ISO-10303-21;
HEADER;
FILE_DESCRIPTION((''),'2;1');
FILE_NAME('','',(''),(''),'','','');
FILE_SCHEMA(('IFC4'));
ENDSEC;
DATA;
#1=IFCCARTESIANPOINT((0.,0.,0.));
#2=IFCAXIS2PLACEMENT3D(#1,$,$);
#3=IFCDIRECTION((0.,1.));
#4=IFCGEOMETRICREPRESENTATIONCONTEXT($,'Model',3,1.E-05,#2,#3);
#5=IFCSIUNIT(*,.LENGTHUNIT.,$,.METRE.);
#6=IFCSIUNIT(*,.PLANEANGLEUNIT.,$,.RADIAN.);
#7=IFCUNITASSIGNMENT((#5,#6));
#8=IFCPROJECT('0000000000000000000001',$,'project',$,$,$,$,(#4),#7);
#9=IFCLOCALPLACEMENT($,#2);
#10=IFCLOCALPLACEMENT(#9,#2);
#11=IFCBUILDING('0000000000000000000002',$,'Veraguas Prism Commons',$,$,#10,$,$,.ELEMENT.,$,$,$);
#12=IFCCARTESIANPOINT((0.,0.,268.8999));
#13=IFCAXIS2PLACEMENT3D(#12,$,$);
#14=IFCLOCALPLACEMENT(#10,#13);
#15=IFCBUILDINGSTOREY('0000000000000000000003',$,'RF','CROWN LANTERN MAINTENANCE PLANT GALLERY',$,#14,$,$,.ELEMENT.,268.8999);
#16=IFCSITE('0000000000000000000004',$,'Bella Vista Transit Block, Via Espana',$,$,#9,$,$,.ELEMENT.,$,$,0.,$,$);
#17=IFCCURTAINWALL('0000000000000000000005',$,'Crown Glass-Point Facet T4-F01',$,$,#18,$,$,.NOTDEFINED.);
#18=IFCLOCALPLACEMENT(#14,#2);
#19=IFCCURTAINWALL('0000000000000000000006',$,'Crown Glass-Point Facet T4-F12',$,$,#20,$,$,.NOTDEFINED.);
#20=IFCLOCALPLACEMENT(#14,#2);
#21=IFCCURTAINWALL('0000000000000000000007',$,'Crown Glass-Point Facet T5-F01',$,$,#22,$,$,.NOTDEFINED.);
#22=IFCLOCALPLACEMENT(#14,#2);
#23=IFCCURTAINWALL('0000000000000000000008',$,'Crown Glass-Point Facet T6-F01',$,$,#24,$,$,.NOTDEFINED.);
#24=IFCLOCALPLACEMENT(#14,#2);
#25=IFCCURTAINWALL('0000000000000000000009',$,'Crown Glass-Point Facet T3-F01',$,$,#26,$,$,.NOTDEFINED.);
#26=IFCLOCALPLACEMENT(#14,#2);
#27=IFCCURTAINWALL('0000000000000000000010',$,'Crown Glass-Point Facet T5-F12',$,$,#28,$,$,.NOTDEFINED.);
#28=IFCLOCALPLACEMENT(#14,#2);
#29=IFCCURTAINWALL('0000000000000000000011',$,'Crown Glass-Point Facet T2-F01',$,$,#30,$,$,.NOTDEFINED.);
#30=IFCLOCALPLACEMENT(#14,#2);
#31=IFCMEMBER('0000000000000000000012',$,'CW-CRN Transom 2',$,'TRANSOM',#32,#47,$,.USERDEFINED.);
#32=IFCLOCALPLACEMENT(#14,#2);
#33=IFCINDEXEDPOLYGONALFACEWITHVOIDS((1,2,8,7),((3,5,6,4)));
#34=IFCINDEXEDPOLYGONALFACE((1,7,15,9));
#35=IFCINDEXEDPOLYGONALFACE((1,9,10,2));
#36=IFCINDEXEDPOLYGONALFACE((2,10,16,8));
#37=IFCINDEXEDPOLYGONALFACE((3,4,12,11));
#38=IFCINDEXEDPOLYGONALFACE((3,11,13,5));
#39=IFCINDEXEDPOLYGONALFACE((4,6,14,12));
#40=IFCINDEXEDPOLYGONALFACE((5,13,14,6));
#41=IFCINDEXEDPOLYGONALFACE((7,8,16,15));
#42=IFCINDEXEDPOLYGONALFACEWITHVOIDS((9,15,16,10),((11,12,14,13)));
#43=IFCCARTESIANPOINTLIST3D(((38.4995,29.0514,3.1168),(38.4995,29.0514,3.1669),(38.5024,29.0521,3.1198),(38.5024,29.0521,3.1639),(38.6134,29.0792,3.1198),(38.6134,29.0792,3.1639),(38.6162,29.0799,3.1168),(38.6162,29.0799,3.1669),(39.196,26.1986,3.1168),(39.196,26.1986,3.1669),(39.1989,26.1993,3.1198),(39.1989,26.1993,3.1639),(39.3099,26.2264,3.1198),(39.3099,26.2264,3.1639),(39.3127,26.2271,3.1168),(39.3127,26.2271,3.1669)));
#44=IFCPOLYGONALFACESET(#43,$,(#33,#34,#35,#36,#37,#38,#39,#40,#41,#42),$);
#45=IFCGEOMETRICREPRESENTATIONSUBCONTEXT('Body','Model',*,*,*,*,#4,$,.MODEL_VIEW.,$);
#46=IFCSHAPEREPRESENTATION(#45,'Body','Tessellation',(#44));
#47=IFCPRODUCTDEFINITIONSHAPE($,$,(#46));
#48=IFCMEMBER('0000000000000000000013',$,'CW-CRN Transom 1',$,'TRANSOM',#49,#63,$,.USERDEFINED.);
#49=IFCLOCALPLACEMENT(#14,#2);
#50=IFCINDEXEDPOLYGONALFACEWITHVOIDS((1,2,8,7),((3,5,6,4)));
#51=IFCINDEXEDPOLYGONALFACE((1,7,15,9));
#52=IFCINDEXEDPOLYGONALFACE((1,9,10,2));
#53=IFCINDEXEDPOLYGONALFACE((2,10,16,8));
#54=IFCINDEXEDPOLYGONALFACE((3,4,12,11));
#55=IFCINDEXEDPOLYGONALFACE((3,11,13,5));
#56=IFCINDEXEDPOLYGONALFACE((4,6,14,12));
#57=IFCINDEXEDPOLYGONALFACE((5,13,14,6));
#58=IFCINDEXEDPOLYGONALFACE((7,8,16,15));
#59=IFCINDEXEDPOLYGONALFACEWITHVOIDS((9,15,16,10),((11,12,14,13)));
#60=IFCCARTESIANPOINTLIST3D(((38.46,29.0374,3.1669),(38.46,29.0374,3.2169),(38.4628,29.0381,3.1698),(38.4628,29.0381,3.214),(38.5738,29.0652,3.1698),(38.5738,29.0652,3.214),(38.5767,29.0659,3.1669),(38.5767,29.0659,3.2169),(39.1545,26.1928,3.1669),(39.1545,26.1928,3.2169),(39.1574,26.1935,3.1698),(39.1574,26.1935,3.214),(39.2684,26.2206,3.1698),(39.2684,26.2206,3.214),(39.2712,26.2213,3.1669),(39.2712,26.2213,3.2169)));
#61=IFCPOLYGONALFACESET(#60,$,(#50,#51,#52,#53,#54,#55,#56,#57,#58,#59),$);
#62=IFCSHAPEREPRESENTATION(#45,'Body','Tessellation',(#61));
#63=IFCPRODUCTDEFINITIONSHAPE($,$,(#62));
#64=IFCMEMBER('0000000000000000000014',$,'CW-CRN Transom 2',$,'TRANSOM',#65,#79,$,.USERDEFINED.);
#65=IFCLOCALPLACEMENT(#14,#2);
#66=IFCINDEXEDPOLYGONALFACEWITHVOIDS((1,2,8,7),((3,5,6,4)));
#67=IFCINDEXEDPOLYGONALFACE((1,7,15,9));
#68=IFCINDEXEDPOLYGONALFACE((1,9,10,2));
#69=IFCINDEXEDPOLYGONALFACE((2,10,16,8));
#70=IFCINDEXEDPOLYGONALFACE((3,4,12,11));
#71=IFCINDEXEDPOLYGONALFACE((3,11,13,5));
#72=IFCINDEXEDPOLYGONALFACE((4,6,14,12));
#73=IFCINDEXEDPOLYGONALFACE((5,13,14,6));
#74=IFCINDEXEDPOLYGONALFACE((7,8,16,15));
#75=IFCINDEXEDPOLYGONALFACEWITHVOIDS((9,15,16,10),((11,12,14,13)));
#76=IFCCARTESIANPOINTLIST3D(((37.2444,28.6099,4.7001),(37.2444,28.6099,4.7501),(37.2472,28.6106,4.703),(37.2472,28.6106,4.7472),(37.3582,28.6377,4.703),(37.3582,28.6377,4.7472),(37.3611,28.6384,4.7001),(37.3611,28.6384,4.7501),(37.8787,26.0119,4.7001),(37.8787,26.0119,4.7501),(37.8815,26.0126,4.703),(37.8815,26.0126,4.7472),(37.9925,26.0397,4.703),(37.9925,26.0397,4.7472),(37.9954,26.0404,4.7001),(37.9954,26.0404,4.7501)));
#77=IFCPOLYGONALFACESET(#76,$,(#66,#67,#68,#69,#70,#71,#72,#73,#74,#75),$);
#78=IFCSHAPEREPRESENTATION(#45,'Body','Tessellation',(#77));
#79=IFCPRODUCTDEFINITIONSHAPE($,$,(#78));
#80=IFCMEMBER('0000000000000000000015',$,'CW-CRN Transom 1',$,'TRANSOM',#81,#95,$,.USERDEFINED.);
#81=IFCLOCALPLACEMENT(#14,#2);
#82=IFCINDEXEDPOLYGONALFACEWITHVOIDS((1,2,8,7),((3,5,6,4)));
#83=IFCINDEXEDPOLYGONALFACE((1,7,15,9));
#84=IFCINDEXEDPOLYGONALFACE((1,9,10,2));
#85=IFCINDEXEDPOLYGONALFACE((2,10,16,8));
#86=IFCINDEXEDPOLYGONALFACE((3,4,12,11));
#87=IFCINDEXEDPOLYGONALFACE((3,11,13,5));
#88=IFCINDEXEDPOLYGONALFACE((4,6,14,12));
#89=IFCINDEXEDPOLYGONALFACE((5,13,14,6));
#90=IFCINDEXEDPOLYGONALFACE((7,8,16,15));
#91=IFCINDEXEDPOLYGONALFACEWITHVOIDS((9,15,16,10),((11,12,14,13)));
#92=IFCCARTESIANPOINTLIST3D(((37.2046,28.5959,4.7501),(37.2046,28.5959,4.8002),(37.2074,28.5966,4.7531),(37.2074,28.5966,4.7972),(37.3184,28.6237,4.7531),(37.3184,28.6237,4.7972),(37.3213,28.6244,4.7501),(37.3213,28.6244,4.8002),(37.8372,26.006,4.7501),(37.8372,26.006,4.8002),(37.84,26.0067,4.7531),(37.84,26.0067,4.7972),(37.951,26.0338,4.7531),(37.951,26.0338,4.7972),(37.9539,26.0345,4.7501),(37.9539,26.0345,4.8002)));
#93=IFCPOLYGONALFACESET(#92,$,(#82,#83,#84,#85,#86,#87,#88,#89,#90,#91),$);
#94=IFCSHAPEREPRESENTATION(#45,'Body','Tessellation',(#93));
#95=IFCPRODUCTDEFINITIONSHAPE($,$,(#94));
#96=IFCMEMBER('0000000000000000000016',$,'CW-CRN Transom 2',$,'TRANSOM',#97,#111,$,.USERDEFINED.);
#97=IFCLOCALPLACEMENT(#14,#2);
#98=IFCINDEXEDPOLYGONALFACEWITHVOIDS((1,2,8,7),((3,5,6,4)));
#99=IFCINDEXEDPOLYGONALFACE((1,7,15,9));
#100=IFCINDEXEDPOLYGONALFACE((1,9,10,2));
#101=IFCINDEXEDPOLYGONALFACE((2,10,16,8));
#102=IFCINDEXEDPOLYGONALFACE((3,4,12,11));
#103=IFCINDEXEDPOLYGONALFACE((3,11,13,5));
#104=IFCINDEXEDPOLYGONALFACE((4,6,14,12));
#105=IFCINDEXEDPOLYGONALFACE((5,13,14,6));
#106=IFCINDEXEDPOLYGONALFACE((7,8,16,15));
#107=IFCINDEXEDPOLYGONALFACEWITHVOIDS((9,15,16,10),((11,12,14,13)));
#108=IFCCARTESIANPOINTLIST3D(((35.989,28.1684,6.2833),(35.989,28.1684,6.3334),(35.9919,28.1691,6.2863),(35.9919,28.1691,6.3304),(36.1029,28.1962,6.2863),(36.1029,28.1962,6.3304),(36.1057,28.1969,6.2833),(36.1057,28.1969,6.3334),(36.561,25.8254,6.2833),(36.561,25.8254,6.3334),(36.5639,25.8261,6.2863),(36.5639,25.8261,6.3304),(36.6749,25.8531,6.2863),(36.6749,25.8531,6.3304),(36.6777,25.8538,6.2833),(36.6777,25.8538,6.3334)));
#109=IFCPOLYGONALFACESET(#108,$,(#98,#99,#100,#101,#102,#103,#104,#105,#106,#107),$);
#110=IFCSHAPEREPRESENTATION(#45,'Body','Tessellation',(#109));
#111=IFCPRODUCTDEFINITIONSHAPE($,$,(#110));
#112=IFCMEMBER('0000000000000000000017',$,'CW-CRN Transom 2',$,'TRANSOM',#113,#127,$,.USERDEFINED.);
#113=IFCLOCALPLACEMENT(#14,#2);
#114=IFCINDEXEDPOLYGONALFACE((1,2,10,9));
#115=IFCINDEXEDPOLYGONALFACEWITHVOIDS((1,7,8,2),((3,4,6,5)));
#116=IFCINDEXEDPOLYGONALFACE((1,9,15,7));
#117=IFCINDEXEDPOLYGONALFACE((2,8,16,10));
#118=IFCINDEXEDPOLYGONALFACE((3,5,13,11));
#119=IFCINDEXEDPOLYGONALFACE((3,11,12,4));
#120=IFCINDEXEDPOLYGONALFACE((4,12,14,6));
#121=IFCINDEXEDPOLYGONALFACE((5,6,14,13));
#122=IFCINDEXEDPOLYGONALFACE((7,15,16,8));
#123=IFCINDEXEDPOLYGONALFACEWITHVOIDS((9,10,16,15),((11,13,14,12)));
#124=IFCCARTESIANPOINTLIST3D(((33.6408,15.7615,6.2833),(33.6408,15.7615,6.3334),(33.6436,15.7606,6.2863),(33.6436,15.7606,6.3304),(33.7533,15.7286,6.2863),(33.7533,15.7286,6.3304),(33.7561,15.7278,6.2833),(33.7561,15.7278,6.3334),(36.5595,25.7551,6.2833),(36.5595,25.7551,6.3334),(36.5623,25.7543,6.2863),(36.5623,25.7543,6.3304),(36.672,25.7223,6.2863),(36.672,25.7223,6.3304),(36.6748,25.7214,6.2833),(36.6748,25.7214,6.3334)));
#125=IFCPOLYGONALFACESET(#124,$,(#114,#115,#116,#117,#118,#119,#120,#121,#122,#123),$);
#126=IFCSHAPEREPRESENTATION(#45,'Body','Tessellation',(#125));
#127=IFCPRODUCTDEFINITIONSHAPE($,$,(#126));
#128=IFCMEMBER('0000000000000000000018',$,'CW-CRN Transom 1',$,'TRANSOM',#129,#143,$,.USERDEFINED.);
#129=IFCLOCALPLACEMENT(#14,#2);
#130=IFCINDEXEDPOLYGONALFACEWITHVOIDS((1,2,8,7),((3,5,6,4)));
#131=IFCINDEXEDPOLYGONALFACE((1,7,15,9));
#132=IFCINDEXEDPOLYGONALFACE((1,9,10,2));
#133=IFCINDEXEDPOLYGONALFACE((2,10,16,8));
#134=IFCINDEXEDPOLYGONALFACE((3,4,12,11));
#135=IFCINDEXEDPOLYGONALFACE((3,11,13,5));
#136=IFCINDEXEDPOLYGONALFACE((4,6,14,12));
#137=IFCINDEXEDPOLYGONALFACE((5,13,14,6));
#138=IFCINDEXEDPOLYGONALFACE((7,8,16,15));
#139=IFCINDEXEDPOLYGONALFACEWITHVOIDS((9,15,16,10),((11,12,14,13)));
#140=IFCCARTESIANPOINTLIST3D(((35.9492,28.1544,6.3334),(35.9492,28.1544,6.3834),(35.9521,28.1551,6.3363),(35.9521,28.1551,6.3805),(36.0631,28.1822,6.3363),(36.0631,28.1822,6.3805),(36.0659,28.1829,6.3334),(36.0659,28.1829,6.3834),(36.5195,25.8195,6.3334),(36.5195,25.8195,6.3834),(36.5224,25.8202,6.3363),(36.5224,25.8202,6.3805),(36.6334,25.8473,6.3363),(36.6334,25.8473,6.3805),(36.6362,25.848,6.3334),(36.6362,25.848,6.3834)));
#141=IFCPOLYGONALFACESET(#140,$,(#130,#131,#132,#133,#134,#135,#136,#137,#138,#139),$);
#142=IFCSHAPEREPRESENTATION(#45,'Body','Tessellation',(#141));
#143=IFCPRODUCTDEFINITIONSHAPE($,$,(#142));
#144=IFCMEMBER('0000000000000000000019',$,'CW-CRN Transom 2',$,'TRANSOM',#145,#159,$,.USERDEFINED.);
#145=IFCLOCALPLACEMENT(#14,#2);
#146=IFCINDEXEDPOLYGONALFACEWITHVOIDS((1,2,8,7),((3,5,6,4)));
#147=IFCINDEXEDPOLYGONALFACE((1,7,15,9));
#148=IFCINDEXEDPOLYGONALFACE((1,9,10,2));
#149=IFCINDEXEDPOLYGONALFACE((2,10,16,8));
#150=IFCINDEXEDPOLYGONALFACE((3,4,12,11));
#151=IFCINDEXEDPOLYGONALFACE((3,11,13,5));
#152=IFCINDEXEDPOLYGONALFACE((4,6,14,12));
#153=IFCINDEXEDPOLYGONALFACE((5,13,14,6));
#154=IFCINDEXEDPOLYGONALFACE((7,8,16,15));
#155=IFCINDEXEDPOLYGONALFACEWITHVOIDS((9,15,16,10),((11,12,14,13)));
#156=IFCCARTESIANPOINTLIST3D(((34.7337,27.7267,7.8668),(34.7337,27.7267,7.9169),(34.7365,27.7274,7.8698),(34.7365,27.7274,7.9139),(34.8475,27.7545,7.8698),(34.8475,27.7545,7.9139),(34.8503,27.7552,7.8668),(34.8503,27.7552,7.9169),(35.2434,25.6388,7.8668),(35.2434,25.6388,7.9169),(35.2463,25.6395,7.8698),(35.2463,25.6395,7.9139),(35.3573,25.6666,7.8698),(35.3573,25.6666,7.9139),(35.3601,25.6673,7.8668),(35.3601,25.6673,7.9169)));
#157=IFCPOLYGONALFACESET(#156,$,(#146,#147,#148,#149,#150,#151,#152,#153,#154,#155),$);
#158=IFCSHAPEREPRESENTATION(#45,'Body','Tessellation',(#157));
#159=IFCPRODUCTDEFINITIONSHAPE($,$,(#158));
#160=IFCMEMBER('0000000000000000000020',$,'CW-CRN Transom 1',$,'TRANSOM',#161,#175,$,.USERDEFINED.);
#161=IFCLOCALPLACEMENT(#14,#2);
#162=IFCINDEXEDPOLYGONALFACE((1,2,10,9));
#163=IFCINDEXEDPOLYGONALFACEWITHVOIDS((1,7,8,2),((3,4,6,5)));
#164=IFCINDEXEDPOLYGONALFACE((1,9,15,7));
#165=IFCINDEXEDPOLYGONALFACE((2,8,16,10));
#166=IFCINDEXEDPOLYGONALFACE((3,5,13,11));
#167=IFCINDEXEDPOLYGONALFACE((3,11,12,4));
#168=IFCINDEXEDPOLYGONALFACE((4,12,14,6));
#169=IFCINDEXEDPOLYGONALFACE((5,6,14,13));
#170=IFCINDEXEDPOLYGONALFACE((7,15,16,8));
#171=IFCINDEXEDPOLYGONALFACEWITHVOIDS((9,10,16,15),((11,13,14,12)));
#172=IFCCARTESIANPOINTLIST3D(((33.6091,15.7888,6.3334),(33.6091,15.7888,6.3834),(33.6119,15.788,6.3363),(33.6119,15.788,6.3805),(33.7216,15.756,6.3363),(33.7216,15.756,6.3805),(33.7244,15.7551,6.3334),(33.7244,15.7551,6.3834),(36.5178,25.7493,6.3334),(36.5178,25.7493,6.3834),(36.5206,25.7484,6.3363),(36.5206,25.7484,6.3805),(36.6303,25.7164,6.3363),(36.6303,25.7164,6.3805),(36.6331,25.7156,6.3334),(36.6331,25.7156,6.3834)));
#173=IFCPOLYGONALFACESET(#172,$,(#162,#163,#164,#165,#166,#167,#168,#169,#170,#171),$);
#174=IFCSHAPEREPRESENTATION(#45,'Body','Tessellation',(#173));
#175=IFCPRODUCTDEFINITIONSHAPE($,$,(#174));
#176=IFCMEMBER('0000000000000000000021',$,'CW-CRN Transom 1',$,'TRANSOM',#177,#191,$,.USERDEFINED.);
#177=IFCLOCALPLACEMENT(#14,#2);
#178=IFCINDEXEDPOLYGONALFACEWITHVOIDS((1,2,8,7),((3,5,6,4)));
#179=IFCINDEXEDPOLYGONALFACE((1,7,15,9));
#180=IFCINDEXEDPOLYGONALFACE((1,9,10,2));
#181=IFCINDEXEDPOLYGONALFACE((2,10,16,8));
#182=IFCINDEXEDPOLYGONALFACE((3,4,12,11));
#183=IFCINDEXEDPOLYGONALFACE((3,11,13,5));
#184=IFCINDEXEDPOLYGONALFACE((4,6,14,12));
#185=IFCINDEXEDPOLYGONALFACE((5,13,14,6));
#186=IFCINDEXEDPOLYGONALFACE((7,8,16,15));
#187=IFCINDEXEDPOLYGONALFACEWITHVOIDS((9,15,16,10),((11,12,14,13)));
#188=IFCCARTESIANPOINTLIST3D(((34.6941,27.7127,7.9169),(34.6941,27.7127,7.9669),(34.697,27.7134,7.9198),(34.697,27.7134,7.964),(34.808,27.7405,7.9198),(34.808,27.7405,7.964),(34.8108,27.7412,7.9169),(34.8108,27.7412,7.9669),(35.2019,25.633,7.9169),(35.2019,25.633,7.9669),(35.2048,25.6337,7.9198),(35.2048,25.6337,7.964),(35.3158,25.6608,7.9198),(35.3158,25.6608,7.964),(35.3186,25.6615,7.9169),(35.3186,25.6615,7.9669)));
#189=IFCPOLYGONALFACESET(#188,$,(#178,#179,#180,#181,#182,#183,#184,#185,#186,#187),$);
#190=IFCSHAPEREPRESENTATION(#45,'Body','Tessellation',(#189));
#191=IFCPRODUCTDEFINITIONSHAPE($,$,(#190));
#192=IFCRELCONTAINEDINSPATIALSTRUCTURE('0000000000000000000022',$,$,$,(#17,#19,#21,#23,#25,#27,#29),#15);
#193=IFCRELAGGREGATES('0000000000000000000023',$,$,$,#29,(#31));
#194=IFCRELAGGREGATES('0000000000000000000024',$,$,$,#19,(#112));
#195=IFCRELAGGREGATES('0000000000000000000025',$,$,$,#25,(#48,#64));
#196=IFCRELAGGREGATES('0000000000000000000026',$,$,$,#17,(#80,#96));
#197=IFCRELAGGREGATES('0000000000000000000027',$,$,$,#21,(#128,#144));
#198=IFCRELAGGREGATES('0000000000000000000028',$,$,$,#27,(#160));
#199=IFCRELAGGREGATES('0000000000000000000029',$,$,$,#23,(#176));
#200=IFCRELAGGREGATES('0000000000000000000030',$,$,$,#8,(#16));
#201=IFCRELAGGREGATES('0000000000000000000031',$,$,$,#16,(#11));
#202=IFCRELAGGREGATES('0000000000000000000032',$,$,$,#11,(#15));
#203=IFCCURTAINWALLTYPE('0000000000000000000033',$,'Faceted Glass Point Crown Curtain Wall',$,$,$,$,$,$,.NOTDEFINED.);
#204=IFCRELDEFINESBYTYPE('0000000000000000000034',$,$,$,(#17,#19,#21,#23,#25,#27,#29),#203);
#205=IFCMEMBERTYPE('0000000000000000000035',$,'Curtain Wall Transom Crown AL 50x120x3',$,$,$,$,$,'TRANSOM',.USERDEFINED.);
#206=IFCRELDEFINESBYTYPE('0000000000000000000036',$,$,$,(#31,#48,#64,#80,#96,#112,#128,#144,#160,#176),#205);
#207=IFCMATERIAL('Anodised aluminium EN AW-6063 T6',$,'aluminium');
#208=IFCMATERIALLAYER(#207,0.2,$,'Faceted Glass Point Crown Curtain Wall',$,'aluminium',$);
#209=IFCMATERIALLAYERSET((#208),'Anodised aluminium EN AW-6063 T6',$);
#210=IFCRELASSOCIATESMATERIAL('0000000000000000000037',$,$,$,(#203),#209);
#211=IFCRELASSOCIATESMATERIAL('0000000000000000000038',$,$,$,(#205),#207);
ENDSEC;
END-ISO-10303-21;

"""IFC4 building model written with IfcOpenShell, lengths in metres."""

from ifc_helpers import new_model, si_unit, direction, frame, origin, origin_2d, place, context, subcontext, project, spatial, hollow_rectangle, extrude, source, transform, mapped, material, layer, layer_set, material_profile, profile_set, type_object, element, aggregate, save


model = new_model("IFC4")

# Units and contexts
model_context = context("Model", 3, precision=1e-05, world=origin(), true_north=direction((0.0, 1.0)))
body_context = subcontext(model_context, "Body", "Model", "MODEL_VIEW")
ifc_project = project(units=[si_unit("LENGTHUNIT", "METRE"), si_unit("PLANEANGLEUNIT", "RADIAN")], contexts=[model_context])

# Site, building, storey
site_placement = place(None, origin())
site = spatial("IfcSite", under=ifc_project, at=site_placement, Name="Bella Vista Transit Block, Via Espana", CompositionType="ELEMENT", RefElevation=0.0)
building_placement = place(site_placement, origin())
building = spatial("IfcBuilding", under=site, at=building_placement, Name="Veraguas Prism Commons", CompositionType="ELEMENT")
storey_placement = place(building_placement, frame((0.0, 0.0, 268.8999)))
storey = spatial("IfcBuildingStorey", under=building, at=storey_placement, Name="RF", Description="CROWN LANTERN MAINTENANCE PLANT GALLERY", CompositionType="ELEMENT", Elevation=268.8999)

# Curtain walls
ifc_material_1 = material(Name="Anodised aluminium EN AW-6063 T6", Category="aluminium")
ifc_layer_1 = layer(ifc_material_1, 0.2, Name="Faceted Glass Point Crown Curtain Wall", Category="aluminium")
ifc_layer_set_1 = layer_set([ifc_layer_1], Name="Anodised aluminium EN AW-6063 T6")
curtain_wall_type = type_object("IfcCurtainWallType", Name="Faceted Glass Point Crown Curtain Wall", PredefinedType="NOTDEFINED", material=ifc_layer_set_1)
curtain_wall_1_placement = place(storey_placement, origin())
curtain_wall_1 = element("IfcCurtainWall", 1, at=curtain_wall_1_placement, inside=storey, type_object=curtain_wall_type, Name="Crown Glass-Point Facet T4-F01", PredefinedType="NOTDEFINED")
curtain_wall_2_placement = place(storey_placement, origin())
curtain_wall_2 = element("IfcCurtainWall", 2, at=curtain_wall_2_placement, inside=storey, type_object=curtain_wall_type, Name="Crown Glass-Point Facet T4-F12", PredefinedType="NOTDEFINED")
curtain_wall_3_placement = place(storey_placement, origin())
curtain_wall_3 = element("IfcCurtainWall", 3, at=curtain_wall_3_placement, inside=storey, type_object=curtain_wall_type, Name="Crown Glass-Point Facet T5-F01", PredefinedType="NOTDEFINED")
curtain_wall_4_placement = place(storey_placement, origin())
curtain_wall_4 = element("IfcCurtainWall", 4, at=curtain_wall_4_placement, inside=storey, type_object=curtain_wall_type, Name="Crown Glass-Point Facet T6-F01", PredefinedType="NOTDEFINED")
curtain_wall_5_placement = place(storey_placement, origin())
curtain_wall_5 = element("IfcCurtainWall", 5, at=curtain_wall_5_placement, inside=storey, type_object=curtain_wall_type, Name="Crown Glass-Point Facet T3-F01", PredefinedType="NOTDEFINED")

# Curtain wall
curtain_wall_6_placement = place(storey_placement, origin())
curtain_wall_6 = element("IfcCurtainWall", 6, at=curtain_wall_6_placement, inside=storey, type_object=curtain_wall_type, Name="Crown Glass-Point Facet T5-F12", PredefinedType="NOTDEFINED")

# Curtain wall, member
curtain_wall_7_placement = place(storey_placement, origin())
curtain_wall_7 = element("IfcCurtainWall", 7, at=curtain_wall_7_placement, inside=storey, type_object=curtain_wall_type, Name="Crown Glass-Point Facet T2-F01", PredefinedType="NOTDEFINED")
ifc_material_profile_1 = material_profile(ifc_material_1, hollow_rectangle(XDim=0.05, YDim=0.1201, WallThickness=0.0029, at=origin_2d()), Name="AL50X120X3")
ifc_profile_set_1 = profile_set([ifc_material_profile_1], Name="Anodised aluminium EN AW-6063 T6")
member_type_1 = type_object("IfcMemberType", Name="Curtain Wall Transom Crown AL 50x120x3", ElementType="TRANSOM", PredefinedType="USERDEFINED", material=ifc_profile_set_1)
shared_shape_1 = source(origin(), body_context, "Body", "SweptSolid", [
    extrude(hollow_rectangle(XDim=0.05, YDim=0.1201, WallThickness=0.0029, at=origin_2d()), origin(), (0.0, 0.0, 1.0), 2.9365),
])
member_1_placement = place(storey_placement, frame((39.2544, 26.2129, 3.1418), z_axis=(-0.237192, 0.971463, 0.0), x_axis=(0.0, 0.0, 1.0)))
member_1 = element("IfcMember", 8, at=member_1_placement, type_object=member_type_1, Name="CW-CRN Transom 2", ObjectType="TRANSOM", PredefinedType="USERDEFINED", context=body_context, shape_type="MappedRepresentation", body=[
    mapped(shared_shape_1, transform((0.0, 0.0, 0.0), scale=1.0)),
])
aggregate(curtain_wall_7, [member_1])

# Members
shared_shape_2 = source(origin(), body_context, "Body", "SweptSolid", [
    extrude(hollow_rectangle(XDim=0.05, YDim=0.1201, WallThickness=0.0029, at=origin_2d()), origin(), (0.0, 0.0, 1.0), 2.9282),
])
member_2_placement = place(storey_placement, frame((39.2129, 26.207, 3.1919), z_axis=(-0.237196, 0.971462, 0.0), x_axis=(0.0, 0.0, 1.0)))
member_2 = element("IfcMember", 9, at=member_2_placement, type_object=member_type_1, Name="CW-CRN Transom 1", ObjectType="TRANSOM", PredefinedType="USERDEFINED", context=body_context, shape_type="MappedRepresentation", body=[
    mapped(shared_shape_2, transform((0.0, 0.0, 0.0), scale=1.0)),
])
shared_shape_3 = source(origin(), body_context, "Body", "SweptSolid", [
    extrude(hollow_rectangle(XDim=0.05, YDim=0.1201, WallThickness=0.0029, at=origin_2d()), origin(), (0.0, 0.0, 1.0), 2.6743),
])
member_3_placement = place(storey_placement, frame((37.937, 26.0261, 4.7251), z_axis=(-0.237183, 0.971465, 0.0), x_axis=(0.0, 0.0, 1.0)))
member_3 = element("IfcMember", 10, at=member_3_placement, type_object=member_type_1, Name="CW-CRN Transom 2", ObjectType="TRANSOM", PredefinedType="USERDEFINED", context=body_context, shape_type="MappedRepresentation", body=[
    mapped(shared_shape_3, transform((0.0, 0.0, 0.0), scale=1.0)),
])
shared_shape_4 = source(origin(), body_context, "Body", "SweptSolid", [
    extrude(hollow_rectangle(XDim=0.05, YDim=0.1201, WallThickness=0.0029, at=origin_2d()), origin(), (0.0, 0.0, 1.0), 2.666),
])
member_4_placement = place(storey_placement, frame((37.8955, 26.0203, 4.7751), z_axis=(-0.237274, 0.971443, 0.0), x_axis=(0.0, 0.0, 1.0)))
member_4 = element("IfcMember", 11, at=member_4_placement, type_object=member_type_1, Name="CW-CRN Transom 1", ObjectType="TRANSOM", PredefinedType="USERDEFINED", context=body_context, shape_type="MappedRepresentation", body=[
    mapped(shared_shape_4, transform((0.0, 0.0, 0.0), scale=1.0)),
])
shared_shape_5 = source(origin(), body_context, "Body", "SweptSolid", [
    extrude(hollow_rectangle(XDim=0.05, YDim=0.1201, WallThickness=0.0029, at=origin_2d()), origin(), (0.0, 0.0, 1.0), 2.4119),
])
member_5_placement = place(storey_placement, frame((36.6194, 25.8396, 6.3083), z_axis=(-0.237173, 0.971467, 0.0), x_axis=(0.0, 0.0, 1.0)))
member_5 = element("IfcMember", 12, at=member_5_placement, type_object=member_type_1, Name="CW-CRN Transom 2", ObjectType="TRANSOM", PredefinedType="USERDEFINED", context=body_context, shape_type="MappedRepresentation", body=[
    mapped(shared_shape_5, transform((0.0, 0.0, 0.0), scale=1.0)),
])
shared_shape_6 = source(origin(), body_context, "Body", "SweptSolid", [
    extrude(hollow_rectangle(XDim=0.05, YDim=0.1201, WallThickness=0.0029, at=origin_2d()), origin(), (0.0, 0.0, 1.0), 10.4111),
])
member_6_placement = place(storey_placement, frame((33.6985, 15.7446, 6.3083), z_axis=(0.280344, 0.9599, 0.0), x_axis=(0.0, 0.0, 1.0)))
member_6 = element("IfcMember", 13, at=member_6_placement, type_object=member_type_1, Name="CW-CRN Transom 2", ObjectType="TRANSOM", PredefinedType="USERDEFINED", context=body_context, shape_type="MappedRepresentation", body=[
    mapped(shared_shape_6, transform((0.0, 0.0, 0.0), scale=1.0)),
])
aggregate(curtain_wall_2, [member_6])
shared_shape_7 = source(origin(), body_context, "Body", "SweptSolid", [
    extrude(hollow_rectangle(XDim=0.05, YDim=0.1201, WallThickness=0.0029, at=origin_2d()), origin(), (0.0, 0.0, 1.0), 2.4036),
])
member_7_placement = place(storey_placement, frame((36.5779, 25.8337, 6.3584), z_axis=(-0.237274, 0.971443, 0.0), x_axis=(0.0, 0.0, 1.0)))
member_7 = element("IfcMember", 14, at=member_7_placement, type_object=member_type_1, Name="CW-CRN Transom 1", ObjectType="TRANSOM", PredefinedType="USERDEFINED", context=body_context, shape_type="MappedRepresentation", body=[
    mapped(shared_shape_7, transform((0.0, 0.0, 0.0), scale=1.0)),
])
shared_shape_8 = source(origin(), body_context, "Body", "SweptSolid", [
    extrude(hollow_rectangle(XDim=0.05, YDim=0.1201, WallThickness=0.0029, at=origin_2d()), origin(), (0.0, 0.0, 1.0), 2.1492),
])
member_8_placement = place(storey_placement, frame((35.3018, 25.6531, 7.8918), z_axis=(-0.237186, 0.971464, 0.0), x_axis=(0.0, 0.0, 1.0)))
member_8 = element("IfcMember", 15, at=member_8_placement, type_object=member_type_1, Name="CW-CRN Transom 2", ObjectType="TRANSOM", PredefinedType="USERDEFINED", context=body_context, shape_type="MappedRepresentation", body=[
    mapped(shared_shape_8, transform((0.0, 0.0, 0.0), scale=1.0)),
])
shared_shape_9 = source(origin(), body_context, "Body", "SweptSolid", [
    extrude(hollow_rectangle(XDim=0.05, YDim=0.1201, WallThickness=0.0029, at=origin_2d()), origin(), (0.0, 0.0, 1.0), 10.3765),
])
member_9_placement = place(storey_placement, frame((33.6667, 15.772, 6.3584), z_axis=(0.280316, 0.959908, 0.0), x_axis=(0.0, 0.0, 1.0)))
member_9 = element("IfcMember", 16, at=member_9_placement, type_object=member_type_1, Name="CW-CRN Transom 1", ObjectType="TRANSOM", PredefinedType="USERDEFINED", context=body_context, shape_type="MappedRepresentation", body=[
    mapped(shared_shape_9, transform((0.0, 0.0, 0.0), scale=1.0)),
])
shared_shape_10 = source(origin(), body_context, "Body", "SweptSolid", [
    extrude(hollow_rectangle(XDim=0.05, YDim=0.1201, WallThickness=0.0029, at=origin_2d()), origin(), (0.0, 0.0, 1.0), 2.1409),
])
member_10_placement = place(storey_placement, frame((35.2603, 25.6472, 7.9419), z_axis=(-0.237192, 0.971463, 0.0), x_axis=(0.0, 0.0, 1.0)))
member_10 = element("IfcMember", 17, at=member_10_placement, type_object=member_type_1, Name="CW-CRN Transom 1", ObjectType="TRANSOM", PredefinedType="USERDEFINED", context=body_context, shape_type="MappedRepresentation", body=[
    mapped(shared_shape_10, transform((0.0, 0.0, 0.0), scale=1.0)),
])

aggregate(curtain_wall_5, [member_2, member_3])
aggregate(curtain_wall_1, [member_4, member_5])
aggregate(curtain_wall_3, [member_7, member_8])
aggregate(curtain_wall_6, [member_9])
aggregate(curtain_wall_4, [member_10])

save(model, "model.ifc")
